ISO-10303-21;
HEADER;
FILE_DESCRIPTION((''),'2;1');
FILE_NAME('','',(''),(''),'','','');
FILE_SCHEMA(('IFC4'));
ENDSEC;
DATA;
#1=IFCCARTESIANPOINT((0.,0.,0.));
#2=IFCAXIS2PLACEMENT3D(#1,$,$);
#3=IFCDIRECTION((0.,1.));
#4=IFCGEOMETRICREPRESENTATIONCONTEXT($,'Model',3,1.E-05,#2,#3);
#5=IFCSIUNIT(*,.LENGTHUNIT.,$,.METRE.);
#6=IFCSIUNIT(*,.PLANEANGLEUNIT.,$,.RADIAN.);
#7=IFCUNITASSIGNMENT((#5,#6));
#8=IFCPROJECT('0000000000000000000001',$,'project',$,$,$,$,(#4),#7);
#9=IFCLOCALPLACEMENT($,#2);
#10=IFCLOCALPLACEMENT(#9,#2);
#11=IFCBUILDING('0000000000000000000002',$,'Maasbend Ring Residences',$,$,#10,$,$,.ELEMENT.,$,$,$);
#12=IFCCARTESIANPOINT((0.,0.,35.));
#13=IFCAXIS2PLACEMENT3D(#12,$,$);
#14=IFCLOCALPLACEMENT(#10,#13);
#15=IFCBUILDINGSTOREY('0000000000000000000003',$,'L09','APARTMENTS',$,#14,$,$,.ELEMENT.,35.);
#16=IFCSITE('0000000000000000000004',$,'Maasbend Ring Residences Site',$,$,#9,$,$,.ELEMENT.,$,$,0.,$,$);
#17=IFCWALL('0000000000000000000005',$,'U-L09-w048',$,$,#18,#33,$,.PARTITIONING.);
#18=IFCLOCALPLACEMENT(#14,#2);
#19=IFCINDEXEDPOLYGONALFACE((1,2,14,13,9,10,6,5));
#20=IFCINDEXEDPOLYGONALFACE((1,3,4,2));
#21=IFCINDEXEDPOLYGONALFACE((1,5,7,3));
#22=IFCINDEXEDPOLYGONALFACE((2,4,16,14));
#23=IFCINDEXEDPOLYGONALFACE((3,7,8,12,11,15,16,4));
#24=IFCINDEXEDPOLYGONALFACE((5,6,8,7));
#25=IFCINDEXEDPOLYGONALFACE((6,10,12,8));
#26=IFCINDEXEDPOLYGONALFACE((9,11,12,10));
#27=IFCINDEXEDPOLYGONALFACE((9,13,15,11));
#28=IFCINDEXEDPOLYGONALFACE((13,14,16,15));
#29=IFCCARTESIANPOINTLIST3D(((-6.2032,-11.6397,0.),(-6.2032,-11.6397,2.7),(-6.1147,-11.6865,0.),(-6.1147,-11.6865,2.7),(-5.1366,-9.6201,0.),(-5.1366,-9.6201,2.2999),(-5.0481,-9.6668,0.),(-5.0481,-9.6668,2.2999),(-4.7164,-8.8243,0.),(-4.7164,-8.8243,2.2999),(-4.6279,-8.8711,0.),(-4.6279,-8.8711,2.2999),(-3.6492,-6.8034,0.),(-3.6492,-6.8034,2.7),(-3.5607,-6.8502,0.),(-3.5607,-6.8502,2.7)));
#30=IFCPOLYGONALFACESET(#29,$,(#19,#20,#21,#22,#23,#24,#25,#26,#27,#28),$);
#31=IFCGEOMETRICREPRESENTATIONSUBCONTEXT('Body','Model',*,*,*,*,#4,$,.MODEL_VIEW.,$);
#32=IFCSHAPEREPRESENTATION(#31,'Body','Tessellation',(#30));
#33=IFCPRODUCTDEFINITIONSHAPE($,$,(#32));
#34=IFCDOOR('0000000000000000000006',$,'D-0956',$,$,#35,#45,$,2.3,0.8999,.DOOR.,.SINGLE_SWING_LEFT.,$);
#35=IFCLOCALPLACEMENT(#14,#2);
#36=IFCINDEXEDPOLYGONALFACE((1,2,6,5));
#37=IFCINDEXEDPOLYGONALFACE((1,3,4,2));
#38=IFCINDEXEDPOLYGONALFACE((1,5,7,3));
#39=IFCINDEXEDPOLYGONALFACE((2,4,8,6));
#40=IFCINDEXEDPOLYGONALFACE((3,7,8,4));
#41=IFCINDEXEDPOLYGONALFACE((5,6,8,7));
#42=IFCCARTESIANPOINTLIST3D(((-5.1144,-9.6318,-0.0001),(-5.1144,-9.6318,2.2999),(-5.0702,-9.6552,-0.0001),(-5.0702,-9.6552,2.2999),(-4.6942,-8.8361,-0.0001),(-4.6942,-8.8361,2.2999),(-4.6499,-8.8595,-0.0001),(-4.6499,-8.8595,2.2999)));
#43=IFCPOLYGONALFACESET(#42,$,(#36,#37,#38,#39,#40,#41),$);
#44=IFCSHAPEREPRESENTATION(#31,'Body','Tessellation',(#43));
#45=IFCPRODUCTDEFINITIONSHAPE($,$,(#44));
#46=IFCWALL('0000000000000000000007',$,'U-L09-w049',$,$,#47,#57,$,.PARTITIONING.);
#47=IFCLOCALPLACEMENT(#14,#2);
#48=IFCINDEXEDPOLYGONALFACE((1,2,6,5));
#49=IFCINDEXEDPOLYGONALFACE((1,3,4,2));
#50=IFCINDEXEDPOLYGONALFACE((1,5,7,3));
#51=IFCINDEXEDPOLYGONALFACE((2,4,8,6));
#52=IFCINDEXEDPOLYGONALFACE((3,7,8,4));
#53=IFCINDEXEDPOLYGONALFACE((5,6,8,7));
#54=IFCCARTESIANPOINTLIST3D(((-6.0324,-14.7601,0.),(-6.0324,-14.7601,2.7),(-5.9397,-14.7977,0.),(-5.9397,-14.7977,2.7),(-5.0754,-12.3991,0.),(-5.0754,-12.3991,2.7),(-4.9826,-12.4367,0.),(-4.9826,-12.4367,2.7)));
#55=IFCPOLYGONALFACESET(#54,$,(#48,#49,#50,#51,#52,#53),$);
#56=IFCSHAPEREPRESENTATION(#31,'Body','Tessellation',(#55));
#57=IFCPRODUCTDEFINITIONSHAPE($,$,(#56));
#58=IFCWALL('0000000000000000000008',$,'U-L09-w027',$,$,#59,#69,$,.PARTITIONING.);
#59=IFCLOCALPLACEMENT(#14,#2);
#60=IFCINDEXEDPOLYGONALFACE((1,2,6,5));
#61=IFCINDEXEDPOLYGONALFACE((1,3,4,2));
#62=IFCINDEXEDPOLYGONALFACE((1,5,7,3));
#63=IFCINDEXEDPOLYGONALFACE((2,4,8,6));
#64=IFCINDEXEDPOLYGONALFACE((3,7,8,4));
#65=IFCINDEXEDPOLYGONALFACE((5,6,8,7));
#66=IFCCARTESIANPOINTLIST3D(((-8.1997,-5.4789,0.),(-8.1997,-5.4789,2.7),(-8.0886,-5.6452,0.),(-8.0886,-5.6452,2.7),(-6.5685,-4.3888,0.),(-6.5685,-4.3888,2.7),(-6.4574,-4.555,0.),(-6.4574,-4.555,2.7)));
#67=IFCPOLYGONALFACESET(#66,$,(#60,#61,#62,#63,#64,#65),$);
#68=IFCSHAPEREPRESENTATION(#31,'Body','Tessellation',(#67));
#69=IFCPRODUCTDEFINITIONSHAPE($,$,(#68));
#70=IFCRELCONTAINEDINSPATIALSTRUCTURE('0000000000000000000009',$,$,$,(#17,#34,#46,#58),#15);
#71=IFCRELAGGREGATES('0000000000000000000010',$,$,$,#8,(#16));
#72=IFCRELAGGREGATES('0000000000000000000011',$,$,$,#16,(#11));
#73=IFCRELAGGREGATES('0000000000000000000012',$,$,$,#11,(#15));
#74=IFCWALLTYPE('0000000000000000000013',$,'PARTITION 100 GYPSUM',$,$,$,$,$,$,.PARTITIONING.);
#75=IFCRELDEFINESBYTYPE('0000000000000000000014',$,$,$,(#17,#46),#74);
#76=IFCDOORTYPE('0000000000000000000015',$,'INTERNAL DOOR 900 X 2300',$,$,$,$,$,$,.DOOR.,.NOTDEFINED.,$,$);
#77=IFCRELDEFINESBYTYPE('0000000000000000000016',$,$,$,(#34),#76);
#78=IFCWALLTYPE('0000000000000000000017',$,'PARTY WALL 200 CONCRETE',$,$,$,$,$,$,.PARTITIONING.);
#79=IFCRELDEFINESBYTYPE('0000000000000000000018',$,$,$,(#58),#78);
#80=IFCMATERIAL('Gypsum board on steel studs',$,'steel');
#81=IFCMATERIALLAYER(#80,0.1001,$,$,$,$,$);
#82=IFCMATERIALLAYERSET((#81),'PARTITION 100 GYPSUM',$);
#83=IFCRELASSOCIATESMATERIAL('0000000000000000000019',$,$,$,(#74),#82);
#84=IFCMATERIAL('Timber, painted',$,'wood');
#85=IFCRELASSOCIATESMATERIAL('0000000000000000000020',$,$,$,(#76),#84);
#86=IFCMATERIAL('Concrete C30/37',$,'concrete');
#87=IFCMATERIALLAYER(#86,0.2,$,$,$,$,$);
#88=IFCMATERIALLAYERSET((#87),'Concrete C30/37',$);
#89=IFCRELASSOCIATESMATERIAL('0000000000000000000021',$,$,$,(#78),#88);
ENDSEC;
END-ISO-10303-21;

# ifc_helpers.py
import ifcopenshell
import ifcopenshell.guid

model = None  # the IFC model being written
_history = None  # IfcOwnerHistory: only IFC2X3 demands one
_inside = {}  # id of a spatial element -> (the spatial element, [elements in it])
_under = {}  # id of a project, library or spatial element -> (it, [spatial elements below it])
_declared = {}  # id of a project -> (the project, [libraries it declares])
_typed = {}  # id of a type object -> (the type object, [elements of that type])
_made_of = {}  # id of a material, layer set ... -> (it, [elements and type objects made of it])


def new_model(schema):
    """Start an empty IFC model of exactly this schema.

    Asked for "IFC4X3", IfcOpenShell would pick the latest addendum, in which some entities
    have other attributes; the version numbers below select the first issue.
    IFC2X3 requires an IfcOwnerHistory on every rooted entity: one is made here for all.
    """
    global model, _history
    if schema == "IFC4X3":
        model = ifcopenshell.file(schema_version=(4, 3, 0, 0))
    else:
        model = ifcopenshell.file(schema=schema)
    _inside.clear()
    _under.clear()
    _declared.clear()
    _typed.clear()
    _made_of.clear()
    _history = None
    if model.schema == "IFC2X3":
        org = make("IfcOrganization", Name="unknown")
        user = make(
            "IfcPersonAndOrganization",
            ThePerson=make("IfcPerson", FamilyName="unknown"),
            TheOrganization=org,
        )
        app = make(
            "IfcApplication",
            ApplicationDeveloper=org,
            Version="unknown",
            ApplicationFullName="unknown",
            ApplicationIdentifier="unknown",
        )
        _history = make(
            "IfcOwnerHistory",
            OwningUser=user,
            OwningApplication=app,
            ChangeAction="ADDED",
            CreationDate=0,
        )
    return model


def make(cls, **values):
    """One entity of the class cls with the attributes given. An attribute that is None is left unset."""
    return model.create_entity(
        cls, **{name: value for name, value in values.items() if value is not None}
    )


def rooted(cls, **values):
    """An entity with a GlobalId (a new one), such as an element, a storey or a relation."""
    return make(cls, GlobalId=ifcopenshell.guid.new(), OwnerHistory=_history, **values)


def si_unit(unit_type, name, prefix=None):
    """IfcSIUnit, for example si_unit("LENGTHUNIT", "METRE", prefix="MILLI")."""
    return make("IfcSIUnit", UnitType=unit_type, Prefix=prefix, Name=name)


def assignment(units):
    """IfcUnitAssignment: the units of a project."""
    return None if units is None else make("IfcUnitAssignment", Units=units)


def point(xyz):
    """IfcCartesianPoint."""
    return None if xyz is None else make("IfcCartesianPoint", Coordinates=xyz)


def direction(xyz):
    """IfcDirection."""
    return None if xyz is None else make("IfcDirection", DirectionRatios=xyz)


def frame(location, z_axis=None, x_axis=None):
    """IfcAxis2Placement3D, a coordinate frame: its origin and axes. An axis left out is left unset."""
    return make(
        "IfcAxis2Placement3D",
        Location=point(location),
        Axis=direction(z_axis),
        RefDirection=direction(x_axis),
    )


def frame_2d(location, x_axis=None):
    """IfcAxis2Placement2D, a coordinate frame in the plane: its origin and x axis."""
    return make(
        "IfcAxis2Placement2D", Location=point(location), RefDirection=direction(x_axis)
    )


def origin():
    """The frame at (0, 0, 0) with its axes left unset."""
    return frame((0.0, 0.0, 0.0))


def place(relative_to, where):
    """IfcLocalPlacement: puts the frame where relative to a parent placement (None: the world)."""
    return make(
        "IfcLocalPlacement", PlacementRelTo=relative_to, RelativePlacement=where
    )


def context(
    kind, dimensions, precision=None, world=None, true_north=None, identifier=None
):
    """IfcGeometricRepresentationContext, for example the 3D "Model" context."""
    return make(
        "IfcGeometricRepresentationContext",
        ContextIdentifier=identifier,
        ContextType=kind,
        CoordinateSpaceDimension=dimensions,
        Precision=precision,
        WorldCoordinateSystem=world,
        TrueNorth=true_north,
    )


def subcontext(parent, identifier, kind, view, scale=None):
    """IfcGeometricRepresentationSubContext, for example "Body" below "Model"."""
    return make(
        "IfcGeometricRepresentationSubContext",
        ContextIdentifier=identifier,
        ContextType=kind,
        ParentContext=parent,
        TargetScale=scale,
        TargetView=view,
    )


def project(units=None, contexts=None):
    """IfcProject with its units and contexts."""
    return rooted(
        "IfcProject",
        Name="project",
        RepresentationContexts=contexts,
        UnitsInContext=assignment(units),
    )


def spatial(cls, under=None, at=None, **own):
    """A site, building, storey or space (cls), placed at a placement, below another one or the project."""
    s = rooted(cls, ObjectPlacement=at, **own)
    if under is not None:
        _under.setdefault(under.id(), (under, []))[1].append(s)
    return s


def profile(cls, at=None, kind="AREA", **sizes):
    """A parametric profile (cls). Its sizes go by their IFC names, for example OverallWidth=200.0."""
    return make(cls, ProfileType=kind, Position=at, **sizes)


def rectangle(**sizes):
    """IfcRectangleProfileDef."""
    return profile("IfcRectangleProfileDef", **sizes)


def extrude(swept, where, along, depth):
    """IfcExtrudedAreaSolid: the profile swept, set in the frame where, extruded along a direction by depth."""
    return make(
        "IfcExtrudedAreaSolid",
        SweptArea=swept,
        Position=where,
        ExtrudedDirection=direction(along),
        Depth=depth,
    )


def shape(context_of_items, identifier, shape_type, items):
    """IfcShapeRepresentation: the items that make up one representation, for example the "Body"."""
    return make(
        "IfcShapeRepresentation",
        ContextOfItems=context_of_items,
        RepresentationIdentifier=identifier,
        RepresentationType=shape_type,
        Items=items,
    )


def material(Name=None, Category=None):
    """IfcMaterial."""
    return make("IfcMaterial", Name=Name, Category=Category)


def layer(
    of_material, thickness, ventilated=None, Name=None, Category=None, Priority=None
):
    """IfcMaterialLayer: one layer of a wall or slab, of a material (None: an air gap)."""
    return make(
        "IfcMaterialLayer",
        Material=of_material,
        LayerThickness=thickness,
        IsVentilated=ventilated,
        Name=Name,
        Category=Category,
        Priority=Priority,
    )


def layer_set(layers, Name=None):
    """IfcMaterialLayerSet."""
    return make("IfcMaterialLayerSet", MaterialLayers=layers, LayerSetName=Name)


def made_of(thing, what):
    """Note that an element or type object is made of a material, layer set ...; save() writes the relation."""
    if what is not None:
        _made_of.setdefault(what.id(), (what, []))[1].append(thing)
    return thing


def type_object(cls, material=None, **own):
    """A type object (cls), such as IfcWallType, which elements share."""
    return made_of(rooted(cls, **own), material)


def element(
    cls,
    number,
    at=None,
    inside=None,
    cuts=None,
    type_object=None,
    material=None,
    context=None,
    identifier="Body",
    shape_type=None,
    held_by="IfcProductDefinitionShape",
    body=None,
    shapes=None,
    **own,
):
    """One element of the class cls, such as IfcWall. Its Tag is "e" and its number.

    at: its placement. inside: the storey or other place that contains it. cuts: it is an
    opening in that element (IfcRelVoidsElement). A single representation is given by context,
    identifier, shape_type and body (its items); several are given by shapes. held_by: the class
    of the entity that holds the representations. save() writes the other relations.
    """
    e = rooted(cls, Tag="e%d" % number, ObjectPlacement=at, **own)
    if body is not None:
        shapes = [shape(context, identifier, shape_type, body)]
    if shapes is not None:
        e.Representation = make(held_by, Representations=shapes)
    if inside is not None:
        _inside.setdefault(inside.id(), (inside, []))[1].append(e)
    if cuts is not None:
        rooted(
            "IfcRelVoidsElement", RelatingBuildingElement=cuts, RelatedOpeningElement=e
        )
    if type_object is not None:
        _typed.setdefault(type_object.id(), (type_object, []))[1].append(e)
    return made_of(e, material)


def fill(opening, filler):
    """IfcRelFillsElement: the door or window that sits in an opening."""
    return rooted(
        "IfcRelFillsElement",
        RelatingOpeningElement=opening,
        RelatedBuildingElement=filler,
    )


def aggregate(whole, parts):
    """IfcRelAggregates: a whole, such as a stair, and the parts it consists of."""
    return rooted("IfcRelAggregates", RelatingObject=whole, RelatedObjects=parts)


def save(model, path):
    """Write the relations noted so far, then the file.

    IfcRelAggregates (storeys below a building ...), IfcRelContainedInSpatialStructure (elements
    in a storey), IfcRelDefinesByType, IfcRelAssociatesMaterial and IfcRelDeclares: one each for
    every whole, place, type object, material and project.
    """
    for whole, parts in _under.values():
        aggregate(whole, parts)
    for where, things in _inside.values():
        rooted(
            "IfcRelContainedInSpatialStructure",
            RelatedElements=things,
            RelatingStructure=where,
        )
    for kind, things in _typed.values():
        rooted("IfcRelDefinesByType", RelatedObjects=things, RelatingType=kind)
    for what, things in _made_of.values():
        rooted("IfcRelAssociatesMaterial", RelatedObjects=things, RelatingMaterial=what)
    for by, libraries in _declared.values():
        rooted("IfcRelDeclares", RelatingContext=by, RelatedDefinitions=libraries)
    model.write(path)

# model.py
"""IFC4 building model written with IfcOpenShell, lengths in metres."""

from ifc_helpers import new_model, si_unit, direction, frame, frame_2d, origin, place, context, subcontext, project, spatial, rectangle, extrude, material, layer, layer_set, type_object, element, fill, save


model = new_model("IFC4")

# Units and contexts
model_context = context("Model", 3, precision=1e-05, world=origin(), true_north=direction((0.0, 1.0)))
body_context = subcontext(model_context, "Body", "Model", "MODEL_VIEW")
ifc_project = project(units=[si_unit("LENGTHUNIT", "METRE"), si_unit("PLANEANGLEUNIT", "RADIAN")], contexts=[model_context])

# Site, building, storey
site_placement = place(None, origin())
site = spatial("IfcSite", under=ifc_project, at=site_placement, Name="Maasbend Ring Residences Site", CompositionType="ELEMENT", RefElevation=0.0)
building_placement = place(site_placement, origin())
building = spatial("IfcBuilding", under=site, at=building_placement, Name="Maasbend Ring Residences", CompositionType="ELEMENT")
storey_placement = place(building_placement, frame((0.0, 0.0, 35.0)))
storey = spatial("IfcBuildingStorey", under=building, at=storey_placement, Name="L09", Description="APARTMENTS", CompositionType="ELEMENT", Elevation=35.0)

# Shared definitions
ifc_material_1 = material(Name="Gypsum board on steel studs", Category="steel")
ifc_layer_1 = layer(ifc_material_1, 0.1001)
ifc_layer_set_1 = layer_set([ifc_layer_1], Name="PARTITION 100 GYPSUM")
wall_type_1 = type_object("IfcWallType", Name="PARTITION 100 GYPSUM", PredefinedType="PARTITIONING", material=ifc_layer_set_1)

# Wall, opening, door
ifc_material_2 = material(Name="Timber, painted", Category="wood")
door_type_1 = type_object("IfcDoorType", Name="INTERNAL DOOR 900 X 2300", OperationType="NOTDEFINED", PredefinedType="DOOR", material=ifc_material_2)
wall_1_placement = place(storey_placement, frame((-6.1589, -11.6631, 0.0), z_axis=(0.0, 0.0, 1.0), x_axis=(0.466977, 0.88427, 0.0)))
wall_1 = element("IfcWall", 1, at=wall_1_placement, inside=storey, type_object=wall_type_1, Name="U-L09-w048", PredefinedType="PARTITIONING", context=body_context, shape_type="SweptSolid", body=[
    extrude(rectangle(XDim=5.4692, YDim=0.1001, at=frame_2d((2.7346, 0.0))), origin(), (0.0, 0.0, 1.0), 2.7),
])
opening_1_placement = place(wall_1_placement, frame((2.2839, 0.0, 0.0)))
opening_1 = element("IfcOpeningElement", 2, at=opening_1_placement, cuts=wall_1, PredefinedType="OPENING", context=body_context, shape_type="SweptSolid", body=[
    extrude(rectangle(XDim=0.8999, YDim=2.3, at=frame_2d((0.45, 1.1499))), frame((0.0, 0.0601, 0.0), z_axis=(0.0, -1.0, 0.0), x_axis=(1.0, 0.0, 0.0)), (0.0, 0.0, 1.0), 0.1201),
])
door_1_placement = place(opening_1_placement, origin())
door_1 = element("IfcDoor", 3, at=door_1_placement, inside=storey, type_object=door_type_1, Name="D-0956", OperationType="SINGLE_SWING_LEFT", OverallHeight=2.3, OverallWidth=0.8999, PredefinedType="DOOR", context=body_context, shape_type="SweptSolid", body=[
    extrude(rectangle(XDim=0.8999, YDim=2.3, at=frame_2d((0.45, 1.1499))), frame((0.0, 0.0249, 0.0), z_axis=(0.0, -1.0, 0.0), x_axis=(1.0, 0.0, 0.0)), (0.0, 0.0, 1.0), 0.05),
])
fill(opening_1, door_1)

# Walls
wall_2_placement = place(storey_placement, frame((-5.9861, -14.7791, 0.0), z_axis=(0.0, 0.0, 1.0), x_axis=(0.375649, 0.926762, 0.0)))
element("IfcWall", 4, at=wall_2_placement, inside=storey, type_object=wall_type_1, Name="U-L09-w049", PredefinedType="PARTITIONING", context=body_context, shape_type="SweptSolid", body=[
    extrude(rectangle(XDim=2.5476, YDim=0.1001, at=frame_2d((1.2739, 0.0))), origin(), (0.0, 0.0, 1.0), 2.7),
])
ifc_material_3 = material(Name="Concrete C30/37", Category="concrete")
ifc_layer_2 = layer(ifc_material_3, 0.2)
ifc_layer_set_2 = layer_set([ifc_layer_2], Name="Concrete C30/37")
wall_type_2 = type_object("IfcWallType", Name="PARTY WALL 200 CONCRETE", PredefinedType="PARTITIONING", material=ifc_layer_set_2)
wall_3_placement = place(storey_placement, frame((-6.5129, -4.4719, 0.0), z_axis=(0.0, 0.0, 1.0), x_axis=(-0.831418, -0.555648, 0.0)))
element("IfcWall", 5, at=wall_3_placement, inside=storey, type_object=wall_type_2, Name="U-L09-w027", PredefinedType="PARTITIONING", context=body_context, shape_type="SweptSolid", body=[
    extrude(rectangle(XDim=1.9619, YDim=0.2, at=frame_2d((0.981, 0.0))), origin(), (0.0, 0.0, 1.0), 2.7),
])

save(model, "model.ifc")
